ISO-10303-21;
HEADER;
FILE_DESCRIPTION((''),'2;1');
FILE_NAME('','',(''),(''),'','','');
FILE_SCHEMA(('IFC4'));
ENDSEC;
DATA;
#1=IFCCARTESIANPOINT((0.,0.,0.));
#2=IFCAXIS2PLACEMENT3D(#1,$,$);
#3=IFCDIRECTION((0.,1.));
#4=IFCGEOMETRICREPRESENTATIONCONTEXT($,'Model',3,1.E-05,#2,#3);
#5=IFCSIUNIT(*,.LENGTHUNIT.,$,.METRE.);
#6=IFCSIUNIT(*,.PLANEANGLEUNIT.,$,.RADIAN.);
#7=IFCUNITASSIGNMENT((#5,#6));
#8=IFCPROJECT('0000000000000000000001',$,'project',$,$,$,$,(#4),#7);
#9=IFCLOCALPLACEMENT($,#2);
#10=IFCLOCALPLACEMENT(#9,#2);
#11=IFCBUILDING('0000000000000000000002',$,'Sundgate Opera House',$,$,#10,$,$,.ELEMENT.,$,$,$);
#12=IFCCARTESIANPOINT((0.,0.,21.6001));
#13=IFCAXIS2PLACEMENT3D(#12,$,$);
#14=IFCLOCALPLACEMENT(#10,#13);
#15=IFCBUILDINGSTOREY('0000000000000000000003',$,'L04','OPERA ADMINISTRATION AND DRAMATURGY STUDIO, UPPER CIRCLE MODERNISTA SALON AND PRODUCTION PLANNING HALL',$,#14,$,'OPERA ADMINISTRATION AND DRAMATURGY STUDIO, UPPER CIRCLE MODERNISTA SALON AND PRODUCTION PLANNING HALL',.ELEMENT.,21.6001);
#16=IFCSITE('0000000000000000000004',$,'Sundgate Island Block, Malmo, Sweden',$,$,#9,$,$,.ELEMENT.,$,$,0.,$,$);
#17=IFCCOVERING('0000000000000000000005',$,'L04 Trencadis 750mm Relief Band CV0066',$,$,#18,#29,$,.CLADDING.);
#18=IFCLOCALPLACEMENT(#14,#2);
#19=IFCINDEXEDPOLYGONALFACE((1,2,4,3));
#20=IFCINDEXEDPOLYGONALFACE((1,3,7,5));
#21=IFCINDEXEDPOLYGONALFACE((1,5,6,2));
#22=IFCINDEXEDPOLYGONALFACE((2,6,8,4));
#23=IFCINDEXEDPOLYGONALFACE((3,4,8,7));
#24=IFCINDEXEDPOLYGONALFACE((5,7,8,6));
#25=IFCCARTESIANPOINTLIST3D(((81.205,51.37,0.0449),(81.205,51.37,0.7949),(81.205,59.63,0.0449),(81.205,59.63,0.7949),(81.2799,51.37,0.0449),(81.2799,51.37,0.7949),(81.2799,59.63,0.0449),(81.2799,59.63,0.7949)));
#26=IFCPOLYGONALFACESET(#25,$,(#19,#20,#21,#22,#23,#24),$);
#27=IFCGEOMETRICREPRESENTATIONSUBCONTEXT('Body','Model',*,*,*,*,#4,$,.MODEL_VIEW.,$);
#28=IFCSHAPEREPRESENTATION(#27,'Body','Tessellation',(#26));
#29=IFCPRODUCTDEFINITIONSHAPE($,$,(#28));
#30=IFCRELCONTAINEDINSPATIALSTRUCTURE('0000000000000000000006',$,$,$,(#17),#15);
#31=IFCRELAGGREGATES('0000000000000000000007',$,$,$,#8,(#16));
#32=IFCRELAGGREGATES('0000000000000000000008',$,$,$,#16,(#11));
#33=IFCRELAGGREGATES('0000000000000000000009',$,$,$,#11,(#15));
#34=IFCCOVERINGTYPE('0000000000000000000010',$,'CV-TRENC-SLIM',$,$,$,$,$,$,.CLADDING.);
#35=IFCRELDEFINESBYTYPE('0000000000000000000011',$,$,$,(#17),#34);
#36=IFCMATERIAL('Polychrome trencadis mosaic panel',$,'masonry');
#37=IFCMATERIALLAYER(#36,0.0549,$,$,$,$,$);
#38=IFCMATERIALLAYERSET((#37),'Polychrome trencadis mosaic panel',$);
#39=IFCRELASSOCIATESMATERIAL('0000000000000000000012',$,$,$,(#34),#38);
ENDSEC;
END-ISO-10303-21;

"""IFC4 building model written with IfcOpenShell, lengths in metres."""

from ifc_helpers import new_model, si_unit, direction, frame, origin, origin_2d, place, context, subcontext, project, spatial, rectangle, extrude, material, layer, layer_set, type_object, element, save


model = new_model("IFC4")

# Units and contexts
model_context = context("Model", 3, precision=1e-05, world=origin(), true_north=direction((0.0, 1.0)))
body_context = subcontext(model_context, "Body", "Model", "MODEL_VIEW")
ifc_project = project(units=[si_unit("LENGTHUNIT", "METRE"), si_unit("PLANEANGLEUNIT", "RADIAN")], contexts=[model_context])

# Site, building, storey
site_placement = place(None, origin())
site = spatial("IfcSite", under=ifc_project, at=site_placement, Name="Sundgate Island Block, Malmo, Sweden", CompositionType="ELEMENT", RefElevation=0.0)
building_placement = place(site_placement, origin())
building = spatial("IfcBuilding", under=site, at=building_placement, Name="Sundgate Opera House", CompositionType="ELEMENT")
storey_placement = place(building_placement, frame((0.0, 0.0, 21.6001)))
storey = spatial("IfcBuildingStorey", under=building, at=storey_placement, Name="L04", Description="OPERA ADMINISTRATION AND DRAMATURGY STUDIO, UPPER CIRCLE MODERNISTA SALON AND PRODUCTION PLANNING HALL", LongName="OPERA ADMINISTRATION AND DRAMATURGY STUDIO, UPPER CIRCLE MODERNISTA SALON AND PRODUCTION PLANNING HALL", CompositionType="ELEMENT", Elevation=21.6001)

# Covering
ifc_material_1 = material(Name="Polychrome trencadis mosaic panel", Category="masonry")
ifc_layer_1 = layer(ifc_material_1, 0.0549)
ifc_layer_set_1 = layer_set([ifc_layer_1], Name="Polychrome trencadis mosaic panel")
covering_type_1 = type_object("IfcCoveringType", Name="CV-TRENC-SLIM", PredefinedType="CLADDING", material=ifc_layer_set_1)
covering_1_placement = place(storey_placement, frame((81.2424, 55.5, 0.0449), z_axis=(0.0, 0.0, 1.0), x_axis=(0.0, 1.0, 0.0)))
element("IfcCovering", 1, at=covering_1_placement, inside=storey, type_object=covering_type_1, Name="L04 Trencadis 750mm Relief Band CV0066", PredefinedType="CLADDING", context=body_context, shape_type="SweptSolid", body=[
    extrude(rectangle(XDim=8.26, YDim=0.075, at=origin_2d()), origin(), (0.0, 0.0, 1.0), 0.75),
])

save(model, "model.ifc")
